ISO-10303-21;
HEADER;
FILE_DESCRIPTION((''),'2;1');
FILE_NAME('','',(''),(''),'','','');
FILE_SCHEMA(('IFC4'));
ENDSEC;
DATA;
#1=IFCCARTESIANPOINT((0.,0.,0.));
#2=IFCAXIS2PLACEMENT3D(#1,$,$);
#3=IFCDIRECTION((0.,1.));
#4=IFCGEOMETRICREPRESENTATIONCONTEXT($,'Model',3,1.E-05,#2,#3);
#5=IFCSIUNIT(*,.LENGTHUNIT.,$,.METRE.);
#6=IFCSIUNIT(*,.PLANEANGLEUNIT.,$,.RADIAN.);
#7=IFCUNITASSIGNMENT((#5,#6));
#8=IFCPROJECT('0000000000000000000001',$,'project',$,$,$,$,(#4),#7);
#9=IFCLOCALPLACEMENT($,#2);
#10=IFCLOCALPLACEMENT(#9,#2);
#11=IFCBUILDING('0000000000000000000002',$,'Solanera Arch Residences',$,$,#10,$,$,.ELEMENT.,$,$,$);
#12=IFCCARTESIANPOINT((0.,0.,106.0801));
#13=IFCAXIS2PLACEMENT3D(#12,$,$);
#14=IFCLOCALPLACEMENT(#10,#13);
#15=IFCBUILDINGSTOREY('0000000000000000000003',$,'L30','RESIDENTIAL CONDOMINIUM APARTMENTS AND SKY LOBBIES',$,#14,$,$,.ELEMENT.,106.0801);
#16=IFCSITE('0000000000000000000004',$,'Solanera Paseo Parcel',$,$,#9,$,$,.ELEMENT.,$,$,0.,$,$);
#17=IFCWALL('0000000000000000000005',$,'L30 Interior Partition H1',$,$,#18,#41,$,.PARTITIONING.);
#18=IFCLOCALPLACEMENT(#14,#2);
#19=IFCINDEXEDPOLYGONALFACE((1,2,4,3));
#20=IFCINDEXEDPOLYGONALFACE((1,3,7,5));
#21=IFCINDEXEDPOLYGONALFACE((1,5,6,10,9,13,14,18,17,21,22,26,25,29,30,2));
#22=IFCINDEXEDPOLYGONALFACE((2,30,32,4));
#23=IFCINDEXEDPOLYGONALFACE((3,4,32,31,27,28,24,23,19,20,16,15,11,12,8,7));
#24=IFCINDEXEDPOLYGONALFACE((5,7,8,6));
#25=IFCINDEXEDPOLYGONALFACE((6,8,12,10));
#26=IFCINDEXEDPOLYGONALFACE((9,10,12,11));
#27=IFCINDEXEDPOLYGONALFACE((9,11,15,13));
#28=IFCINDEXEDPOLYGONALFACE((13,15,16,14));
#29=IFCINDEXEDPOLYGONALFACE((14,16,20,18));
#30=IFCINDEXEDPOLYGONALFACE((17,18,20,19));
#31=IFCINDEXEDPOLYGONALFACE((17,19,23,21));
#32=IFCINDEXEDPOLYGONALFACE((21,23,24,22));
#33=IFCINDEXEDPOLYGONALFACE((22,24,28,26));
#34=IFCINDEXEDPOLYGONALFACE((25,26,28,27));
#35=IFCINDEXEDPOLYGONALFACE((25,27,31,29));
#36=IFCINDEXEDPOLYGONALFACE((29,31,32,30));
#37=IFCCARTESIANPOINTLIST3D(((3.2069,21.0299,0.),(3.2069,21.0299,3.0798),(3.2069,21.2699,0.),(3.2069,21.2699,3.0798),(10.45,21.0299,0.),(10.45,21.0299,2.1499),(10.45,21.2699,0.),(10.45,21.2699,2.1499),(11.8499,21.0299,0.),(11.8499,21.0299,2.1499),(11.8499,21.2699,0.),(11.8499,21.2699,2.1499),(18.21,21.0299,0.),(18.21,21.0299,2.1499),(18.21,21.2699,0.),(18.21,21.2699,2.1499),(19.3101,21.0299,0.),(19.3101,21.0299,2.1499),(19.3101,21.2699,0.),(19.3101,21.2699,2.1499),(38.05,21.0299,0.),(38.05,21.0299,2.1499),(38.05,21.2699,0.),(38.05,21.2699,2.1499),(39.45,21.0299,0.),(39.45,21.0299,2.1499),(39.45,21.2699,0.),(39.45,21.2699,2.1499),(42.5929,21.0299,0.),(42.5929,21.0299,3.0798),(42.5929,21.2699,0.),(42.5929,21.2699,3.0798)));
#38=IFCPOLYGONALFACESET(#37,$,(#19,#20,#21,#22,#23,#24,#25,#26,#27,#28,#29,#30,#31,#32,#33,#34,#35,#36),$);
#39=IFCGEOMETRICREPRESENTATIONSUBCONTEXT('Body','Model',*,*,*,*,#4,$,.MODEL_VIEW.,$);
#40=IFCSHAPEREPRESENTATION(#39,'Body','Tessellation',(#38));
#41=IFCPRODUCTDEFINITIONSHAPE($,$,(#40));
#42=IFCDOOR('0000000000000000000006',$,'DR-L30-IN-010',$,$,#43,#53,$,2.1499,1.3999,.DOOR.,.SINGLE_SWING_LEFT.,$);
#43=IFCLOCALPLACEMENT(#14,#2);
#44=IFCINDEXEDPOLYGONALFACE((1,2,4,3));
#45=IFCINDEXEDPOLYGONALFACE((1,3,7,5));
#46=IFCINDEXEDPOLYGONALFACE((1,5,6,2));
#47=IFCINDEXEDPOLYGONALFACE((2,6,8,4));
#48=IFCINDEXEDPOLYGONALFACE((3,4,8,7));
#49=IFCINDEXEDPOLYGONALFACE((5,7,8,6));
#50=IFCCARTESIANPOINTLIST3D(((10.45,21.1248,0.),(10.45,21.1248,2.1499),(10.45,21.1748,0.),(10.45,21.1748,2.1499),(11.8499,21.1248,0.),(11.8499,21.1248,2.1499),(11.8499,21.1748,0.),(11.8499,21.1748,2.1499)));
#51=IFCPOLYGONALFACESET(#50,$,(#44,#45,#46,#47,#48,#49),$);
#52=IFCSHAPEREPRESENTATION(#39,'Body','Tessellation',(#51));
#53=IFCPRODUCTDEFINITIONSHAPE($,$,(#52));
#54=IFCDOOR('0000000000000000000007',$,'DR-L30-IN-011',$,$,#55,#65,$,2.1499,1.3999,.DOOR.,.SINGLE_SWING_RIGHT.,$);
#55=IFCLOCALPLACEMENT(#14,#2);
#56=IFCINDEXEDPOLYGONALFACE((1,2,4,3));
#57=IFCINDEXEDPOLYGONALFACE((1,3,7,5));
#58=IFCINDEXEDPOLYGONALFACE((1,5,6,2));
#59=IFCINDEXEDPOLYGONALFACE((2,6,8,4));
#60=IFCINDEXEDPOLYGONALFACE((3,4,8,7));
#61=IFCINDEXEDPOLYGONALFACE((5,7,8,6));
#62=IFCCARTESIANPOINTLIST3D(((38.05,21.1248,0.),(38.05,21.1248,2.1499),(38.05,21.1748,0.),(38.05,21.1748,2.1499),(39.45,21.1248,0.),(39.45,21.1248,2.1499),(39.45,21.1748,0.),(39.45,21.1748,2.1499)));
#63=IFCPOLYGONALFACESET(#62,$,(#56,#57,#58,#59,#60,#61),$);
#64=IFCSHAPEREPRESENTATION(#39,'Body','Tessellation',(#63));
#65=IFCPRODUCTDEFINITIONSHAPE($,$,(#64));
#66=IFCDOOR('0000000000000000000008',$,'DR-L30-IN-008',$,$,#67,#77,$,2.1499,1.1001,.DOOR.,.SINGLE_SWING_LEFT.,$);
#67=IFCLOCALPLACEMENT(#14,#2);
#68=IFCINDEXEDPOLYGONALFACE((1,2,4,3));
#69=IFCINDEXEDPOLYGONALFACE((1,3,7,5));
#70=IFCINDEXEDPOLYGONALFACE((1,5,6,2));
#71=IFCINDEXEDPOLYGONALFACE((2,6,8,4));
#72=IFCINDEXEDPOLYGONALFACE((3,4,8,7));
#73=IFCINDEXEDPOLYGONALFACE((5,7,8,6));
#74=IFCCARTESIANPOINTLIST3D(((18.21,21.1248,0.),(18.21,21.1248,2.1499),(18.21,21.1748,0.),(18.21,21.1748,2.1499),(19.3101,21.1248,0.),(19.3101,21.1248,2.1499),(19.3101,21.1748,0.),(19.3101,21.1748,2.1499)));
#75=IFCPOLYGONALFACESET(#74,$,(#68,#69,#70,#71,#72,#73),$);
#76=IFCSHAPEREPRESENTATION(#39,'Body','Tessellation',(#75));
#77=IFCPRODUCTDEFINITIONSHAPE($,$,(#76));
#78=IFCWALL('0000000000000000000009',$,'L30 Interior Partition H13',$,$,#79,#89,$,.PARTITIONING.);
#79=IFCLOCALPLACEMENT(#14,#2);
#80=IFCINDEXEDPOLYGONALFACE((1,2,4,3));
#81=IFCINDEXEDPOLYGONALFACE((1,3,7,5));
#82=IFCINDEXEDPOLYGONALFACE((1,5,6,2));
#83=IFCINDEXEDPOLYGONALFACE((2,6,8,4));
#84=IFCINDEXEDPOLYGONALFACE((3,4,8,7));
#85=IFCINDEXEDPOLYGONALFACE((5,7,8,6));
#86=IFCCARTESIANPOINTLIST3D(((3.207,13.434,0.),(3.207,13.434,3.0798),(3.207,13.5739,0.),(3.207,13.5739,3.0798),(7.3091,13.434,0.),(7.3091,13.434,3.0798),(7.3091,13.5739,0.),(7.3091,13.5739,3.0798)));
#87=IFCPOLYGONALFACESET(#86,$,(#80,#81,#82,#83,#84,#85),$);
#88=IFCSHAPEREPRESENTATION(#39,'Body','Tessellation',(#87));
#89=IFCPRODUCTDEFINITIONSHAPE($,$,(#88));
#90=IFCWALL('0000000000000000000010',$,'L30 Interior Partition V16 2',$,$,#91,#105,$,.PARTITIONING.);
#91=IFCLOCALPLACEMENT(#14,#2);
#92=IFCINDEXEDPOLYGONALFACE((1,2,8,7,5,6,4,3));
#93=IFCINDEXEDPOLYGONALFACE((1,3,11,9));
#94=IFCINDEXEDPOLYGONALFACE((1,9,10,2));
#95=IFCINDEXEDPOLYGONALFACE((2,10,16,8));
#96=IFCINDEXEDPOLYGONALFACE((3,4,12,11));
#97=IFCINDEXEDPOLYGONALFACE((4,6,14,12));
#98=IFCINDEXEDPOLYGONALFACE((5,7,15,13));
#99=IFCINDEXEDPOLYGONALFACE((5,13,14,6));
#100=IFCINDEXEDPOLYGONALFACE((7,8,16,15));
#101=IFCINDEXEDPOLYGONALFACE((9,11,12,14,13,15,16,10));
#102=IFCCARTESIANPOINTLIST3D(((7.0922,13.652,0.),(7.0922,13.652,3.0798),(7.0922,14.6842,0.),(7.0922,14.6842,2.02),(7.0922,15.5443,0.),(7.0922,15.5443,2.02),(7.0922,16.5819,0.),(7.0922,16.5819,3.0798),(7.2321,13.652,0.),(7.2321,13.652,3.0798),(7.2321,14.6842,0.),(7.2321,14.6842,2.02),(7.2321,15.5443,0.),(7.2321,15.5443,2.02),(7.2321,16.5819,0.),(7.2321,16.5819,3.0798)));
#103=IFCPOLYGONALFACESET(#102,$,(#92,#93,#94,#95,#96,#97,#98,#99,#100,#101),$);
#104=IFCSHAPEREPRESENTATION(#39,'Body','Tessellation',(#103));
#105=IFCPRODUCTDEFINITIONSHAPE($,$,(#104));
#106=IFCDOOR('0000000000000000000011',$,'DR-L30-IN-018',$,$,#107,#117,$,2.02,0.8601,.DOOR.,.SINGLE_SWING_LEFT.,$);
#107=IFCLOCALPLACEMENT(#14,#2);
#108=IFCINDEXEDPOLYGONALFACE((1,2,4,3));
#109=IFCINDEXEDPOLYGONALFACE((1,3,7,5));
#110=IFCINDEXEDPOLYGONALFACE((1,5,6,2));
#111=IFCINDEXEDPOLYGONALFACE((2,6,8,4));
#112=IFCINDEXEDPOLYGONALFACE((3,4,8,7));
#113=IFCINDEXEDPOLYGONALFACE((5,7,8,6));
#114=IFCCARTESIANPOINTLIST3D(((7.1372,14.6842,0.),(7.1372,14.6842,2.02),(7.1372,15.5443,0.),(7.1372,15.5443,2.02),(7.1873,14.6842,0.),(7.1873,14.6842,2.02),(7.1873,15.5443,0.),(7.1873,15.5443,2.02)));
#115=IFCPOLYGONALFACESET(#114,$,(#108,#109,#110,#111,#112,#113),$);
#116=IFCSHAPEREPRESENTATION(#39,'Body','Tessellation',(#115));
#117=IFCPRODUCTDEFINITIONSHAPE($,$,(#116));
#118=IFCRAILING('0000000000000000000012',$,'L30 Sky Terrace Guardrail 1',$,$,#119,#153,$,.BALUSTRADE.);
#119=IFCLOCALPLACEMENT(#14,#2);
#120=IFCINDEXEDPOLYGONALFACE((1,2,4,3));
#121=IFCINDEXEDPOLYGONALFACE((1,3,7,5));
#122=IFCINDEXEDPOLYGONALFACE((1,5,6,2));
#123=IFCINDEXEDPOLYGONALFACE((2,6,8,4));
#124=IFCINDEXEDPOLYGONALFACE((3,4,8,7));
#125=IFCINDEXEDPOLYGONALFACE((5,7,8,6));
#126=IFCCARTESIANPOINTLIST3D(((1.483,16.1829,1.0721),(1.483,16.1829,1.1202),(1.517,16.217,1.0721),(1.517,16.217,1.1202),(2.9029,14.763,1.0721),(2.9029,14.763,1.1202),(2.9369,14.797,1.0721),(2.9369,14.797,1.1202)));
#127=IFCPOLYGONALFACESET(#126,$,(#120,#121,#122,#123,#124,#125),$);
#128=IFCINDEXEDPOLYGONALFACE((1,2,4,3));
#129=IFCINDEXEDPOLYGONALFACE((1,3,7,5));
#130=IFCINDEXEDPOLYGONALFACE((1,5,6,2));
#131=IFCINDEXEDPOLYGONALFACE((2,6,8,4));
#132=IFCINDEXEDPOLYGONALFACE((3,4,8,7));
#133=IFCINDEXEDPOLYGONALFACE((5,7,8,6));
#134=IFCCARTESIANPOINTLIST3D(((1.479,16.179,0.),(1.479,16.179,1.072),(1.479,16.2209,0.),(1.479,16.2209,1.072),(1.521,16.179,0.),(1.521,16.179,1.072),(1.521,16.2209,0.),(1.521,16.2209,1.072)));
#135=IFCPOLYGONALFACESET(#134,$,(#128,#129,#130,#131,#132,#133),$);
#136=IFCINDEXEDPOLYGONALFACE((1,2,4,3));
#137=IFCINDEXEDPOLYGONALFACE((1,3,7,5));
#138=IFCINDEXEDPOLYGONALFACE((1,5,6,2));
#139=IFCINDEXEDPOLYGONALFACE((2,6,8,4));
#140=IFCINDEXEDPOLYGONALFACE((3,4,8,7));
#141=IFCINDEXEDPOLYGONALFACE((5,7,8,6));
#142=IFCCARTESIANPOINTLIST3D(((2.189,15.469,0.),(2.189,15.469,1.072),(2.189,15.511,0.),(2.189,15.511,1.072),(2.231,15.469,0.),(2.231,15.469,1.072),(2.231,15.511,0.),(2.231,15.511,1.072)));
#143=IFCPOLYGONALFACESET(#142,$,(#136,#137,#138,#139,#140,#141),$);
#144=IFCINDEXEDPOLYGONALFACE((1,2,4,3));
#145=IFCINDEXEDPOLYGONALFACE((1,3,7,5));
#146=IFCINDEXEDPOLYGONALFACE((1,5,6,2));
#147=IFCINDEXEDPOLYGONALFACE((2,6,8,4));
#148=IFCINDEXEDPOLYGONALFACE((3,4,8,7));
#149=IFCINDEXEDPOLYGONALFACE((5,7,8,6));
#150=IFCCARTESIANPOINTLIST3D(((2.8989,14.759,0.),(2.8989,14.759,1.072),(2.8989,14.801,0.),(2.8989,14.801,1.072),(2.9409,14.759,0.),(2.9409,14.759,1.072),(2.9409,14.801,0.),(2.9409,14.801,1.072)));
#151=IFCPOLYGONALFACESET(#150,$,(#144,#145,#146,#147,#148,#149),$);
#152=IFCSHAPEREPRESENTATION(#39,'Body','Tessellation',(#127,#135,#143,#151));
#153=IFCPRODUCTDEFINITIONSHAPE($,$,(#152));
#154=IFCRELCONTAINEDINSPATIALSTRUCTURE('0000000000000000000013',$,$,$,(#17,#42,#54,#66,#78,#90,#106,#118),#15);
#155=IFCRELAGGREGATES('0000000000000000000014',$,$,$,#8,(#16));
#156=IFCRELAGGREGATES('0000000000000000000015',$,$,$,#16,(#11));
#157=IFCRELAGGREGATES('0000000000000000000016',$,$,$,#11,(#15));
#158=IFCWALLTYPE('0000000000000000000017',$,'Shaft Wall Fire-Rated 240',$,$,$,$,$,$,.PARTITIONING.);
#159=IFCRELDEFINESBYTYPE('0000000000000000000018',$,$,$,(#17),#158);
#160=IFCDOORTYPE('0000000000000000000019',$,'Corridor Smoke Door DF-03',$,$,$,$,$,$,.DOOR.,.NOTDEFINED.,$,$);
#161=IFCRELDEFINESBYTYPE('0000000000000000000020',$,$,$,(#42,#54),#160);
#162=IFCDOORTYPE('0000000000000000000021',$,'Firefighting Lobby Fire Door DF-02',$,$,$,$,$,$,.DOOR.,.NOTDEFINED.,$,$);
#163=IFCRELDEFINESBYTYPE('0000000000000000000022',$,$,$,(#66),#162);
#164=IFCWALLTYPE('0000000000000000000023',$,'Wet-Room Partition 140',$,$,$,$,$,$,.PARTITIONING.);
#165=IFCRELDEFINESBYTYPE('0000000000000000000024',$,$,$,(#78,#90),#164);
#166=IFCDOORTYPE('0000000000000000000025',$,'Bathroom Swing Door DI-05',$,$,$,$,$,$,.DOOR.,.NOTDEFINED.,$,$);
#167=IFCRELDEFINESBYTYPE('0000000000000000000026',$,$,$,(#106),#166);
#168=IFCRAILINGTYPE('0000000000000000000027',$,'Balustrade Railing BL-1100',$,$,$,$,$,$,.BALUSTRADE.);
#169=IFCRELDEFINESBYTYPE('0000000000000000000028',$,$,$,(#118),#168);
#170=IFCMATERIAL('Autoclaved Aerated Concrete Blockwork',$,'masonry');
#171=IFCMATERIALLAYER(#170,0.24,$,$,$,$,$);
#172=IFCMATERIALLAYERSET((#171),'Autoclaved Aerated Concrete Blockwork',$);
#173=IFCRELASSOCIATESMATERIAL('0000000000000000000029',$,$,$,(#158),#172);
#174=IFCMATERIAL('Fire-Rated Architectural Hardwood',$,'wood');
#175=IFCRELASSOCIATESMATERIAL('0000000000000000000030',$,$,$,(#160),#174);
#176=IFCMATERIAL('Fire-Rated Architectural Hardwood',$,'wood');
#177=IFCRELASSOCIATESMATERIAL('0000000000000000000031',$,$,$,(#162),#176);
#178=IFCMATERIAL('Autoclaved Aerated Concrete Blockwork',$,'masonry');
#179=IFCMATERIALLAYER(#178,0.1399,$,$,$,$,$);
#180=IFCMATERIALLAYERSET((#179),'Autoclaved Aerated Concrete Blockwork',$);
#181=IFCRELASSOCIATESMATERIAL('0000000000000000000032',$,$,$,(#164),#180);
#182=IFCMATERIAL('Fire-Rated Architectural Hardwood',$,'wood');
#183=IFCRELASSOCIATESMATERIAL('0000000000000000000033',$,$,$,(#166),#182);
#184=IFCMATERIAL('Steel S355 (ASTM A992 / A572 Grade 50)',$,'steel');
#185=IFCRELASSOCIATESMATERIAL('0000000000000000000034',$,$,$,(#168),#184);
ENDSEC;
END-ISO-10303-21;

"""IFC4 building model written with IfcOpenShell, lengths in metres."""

from ifc_helpers import new_model, si_unit, direction, frame, frame_2d, origin, origin_2d, place, context, subcontext, project, spatial, rectangle, extrude, material, layer, layer_set, type_object, element, fill, save


model = new_model("IFC4")

# Units and contexts
model_context = context("Model", 3, precision=1e-05, world=origin(), true_north=direction((0.0, 1.0)))
body_context = subcontext(model_context, "Body", "Model", "MODEL_VIEW")
ifc_project = project(units=[si_unit("LENGTHUNIT", "METRE"), si_unit("PLANEANGLEUNIT", "RADIAN")], contexts=[model_context])

# Site, building, storey
site_placement = place(None, origin())
site = spatial("IfcSite", under=ifc_project, at=site_placement, Name="Solanera Paseo Parcel", CompositionType="ELEMENT", RefElevation=0.0)
building_placement = place(site_placement, origin())
building = spatial("IfcBuilding", under=site, at=building_placement, Name="Solanera Arch Residences", CompositionType="ELEMENT")
storey_placement = place(building_placement, frame((0.0, 0.0, 106.0801)))
storey = spatial("IfcBuildingStorey", under=building, at=storey_placement, Name="L30", Description="RESIDENTIAL CONDOMINIUM APARTMENTS AND SKY LOBBIES", CompositionType="ELEMENT", Elevation=106.0801)

# Wall, openings, doors
ifc_material_1 = material(Name="Autoclaved Aerated Concrete Blockwork", Category="masonry")
ifc_layer_1 = layer(ifc_material_1, 0.24)
ifc_layer_set_1 = layer_set([ifc_layer_1], Name="Autoclaved Aerated Concrete Blockwork")
wall_type_1 = type_object("IfcWallType", Name="Shaft Wall Fire-Rated 240", PredefinedType="PARTITIONING", material=ifc_layer_set_1)
wall_1_placement = place(storey_placement, frame((3.207, 21.1499, 0.0), z_axis=(0.0, 0.0, 1.0), x_axis=(1.0, 0.0, 0.0)))
wall_1 = element("IfcWall", 1, at=wall_1_placement, inside=storey, type_object=wall_type_1, Name="L30 Interior Partition H1", PredefinedType="PARTITIONING", context=body_context, shape_type="SweptSolid", body=[
    extrude(rectangle(XDim=39.386, YDim=0.24, at=frame_2d((19.6929, 0.0))), origin(), (0.0, 0.0, 1.0), 3.0798),
])
opening_1_placement = place(wall_1_placement, frame((15.0029, 0.0, 0.0)))
opening_1 = element("IfcOpeningElement", 2, at=opening_1_placement, cuts=wall_1, PredefinedType="OPENING", context=body_context, shape_type="SweptSolid", body=[
    extrude(rectangle(XDim=1.1001, YDim=2.1499, at=frame_2d((0.55, 1.075))), frame((0.0, 0.1299, 0.0), z_axis=(0.0, -1.0, 0.0), x_axis=(1.0, 0.0, 0.0)), (0.0, 0.0, 1.0), 0.26),
])
opening_2_placement = place(wall_1_placement, frame((7.2429, 0.0, 0.0)))
opening_2 = element("IfcOpeningElement", 3, at=opening_2_placement, cuts=wall_1, PredefinedType="OPENING", context=body_context, shape_type="SweptSolid", body=[
    extrude(rectangle(XDim=1.3999, YDim=2.1499, at=frame_2d((0.7, 1.075))), frame((0.0, 0.1299, 0.0), z_axis=(0.0, -1.0, 0.0), x_axis=(1.0, 0.0, 0.0)), (0.0, 0.0, 1.0), 0.26),
])
opening_3_placement = place(wall_1_placement, frame((34.843, 0.0, 0.0)))
opening_3 = element("IfcOpeningElement", 4, at=opening_3_placement, cuts=wall_1, PredefinedType="OPENING", context=body_context, shape_type="SweptSolid", body=[
    extrude(rectangle(XDim=1.3999, YDim=2.1499, at=frame_2d((0.7, 1.075))), frame((0.0, 0.1299, 0.0), z_axis=(0.0, -1.0, 0.0), x_axis=(1.0, 0.0, 0.0)), (0.0, 0.0, 1.0), 0.26),
])
ifc_material_2 = material(Name="Fire-Rated Architectural Hardwood", Category="wood")
door_type_1 = type_object("IfcDoorType", Name="Corridor Smoke Door DF-03", OperationType="NOTDEFINED", PredefinedType="DOOR", material=ifc_material_2)
door_1_placement = place(opening_2_placement, origin())
door_1 = element("IfcDoor", 5, at=door_1_placement, inside=storey, type_object=door_type_1, Name="DR-L30-IN-010", OperationType="SINGLE_SWING_LEFT", OverallHeight=2.1499, OverallWidth=1.3999, PredefinedType="DOOR", context=body_context, shape_type="SweptSolid", body=[
    extrude(rectangle(XDim=1.3999, YDim=2.1499, at=frame_2d((0.7, 1.075))), frame((0.0, 0.0249, 0.0), z_axis=(0.0, -1.0, 0.0), x_axis=(1.0, 0.0, 0.0)), (0.0, 0.0, 1.0), 0.05),
])
fill(opening_2, door_1)
door_2_placement = place(opening_3_placement, origin())
door_2 = element("IfcDoor", 6, at=door_2_placement, inside=storey, type_object=door_type_1, Name="DR-L30-IN-011", OperationType="SINGLE_SWING_RIGHT", OverallHeight=2.1499, OverallWidth=1.3999, PredefinedType="DOOR", context=body_context, shape_type="SweptSolid", body=[
    extrude(rectangle(XDim=1.3999, YDim=2.1499, at=frame_2d((0.7, 1.075))), frame((0.0, 0.0249, 0.0), z_axis=(0.0, -1.0, 0.0), x_axis=(1.0, 0.0, 0.0)), (0.0, 0.0, 1.0), 0.05),
])
fill(opening_3, door_2)
ifc_material_3 = material(Name="Fire-Rated Architectural Hardwood", Category="wood")
door_type_2 = type_object("IfcDoorType", Name="Firefighting Lobby Fire Door DF-02", OperationType="NOTDEFINED", PredefinedType="DOOR", material=ifc_material_3)
door_3_placement = place(opening_1_placement, origin())
door_3 = element("IfcDoor", 7, at=door_3_placement, inside=storey, type_object=door_type_2, Name="DR-L30-IN-008", OperationType="SINGLE_SWING_LEFT", OverallHeight=2.1499, OverallWidth=1.1001, PredefinedType="DOOR", context=body_context, shape_type="SweptSolid", body=[
    extrude(rectangle(XDim=1.1001, YDim=2.1499, at=frame_2d((0.55, 1.075))), frame((0.0, 0.0249, 0.0), z_axis=(0.0, -1.0, 0.0), x_axis=(1.0, 0.0, 0.0)), (0.0, 0.0, 1.0), 0.05),
])
fill(opening_1, door_3)

# Wall
ifc_material_4 = material(Name="Autoclaved Aerated Concrete Blockwork", Category="masonry")
ifc_layer_2 = layer(ifc_material_4, 0.1399)
ifc_layer_set_2 = layer_set([ifc_layer_2], Name="Autoclaved Aerated Concrete Blockwork")
wall_type_2 = type_object("IfcWallType", Name="Wet-Room Partition 140", PredefinedType="PARTITIONING", material=ifc_layer_set_2)
wall_2_placement = place(storey_placement, frame((3.207, 13.5039, 0.0), z_axis=(0.0, 0.0, 1.0), x_axis=(1.0, 0.0, 0.0)))
element("IfcWall", 8, at=wall_2_placement, inside=storey, type_object=wall_type_2, Name="L30 Interior Partition H13", PredefinedType="PARTITIONING", context=body_context, shape_type="SweptSolid", body=[
    extrude(rectangle(XDim=4.1021, YDim=0.1399, at=frame_2d((2.051, 0.0))), origin(), (0.0, 0.0, 1.0), 3.0798),
])

# Wall, opening, door
wall_3_placement = place(storey_placement, frame((7.1621, 13.6521, 0.0), z_axis=(0.0, 0.0, 1.0), x_axis=(0.0, 1.0, 0.0)))
wall_3 = element("IfcWall", 9, at=wall_3_placement, inside=storey, type_object=wall_type_2, Name="L30 Interior Partition V16 2", PredefinedType="PARTITIONING", context=body_context, shape_type="SweptSolid", body=[
    extrude(rectangle(XDim=2.9299, YDim=0.1399, at=frame_2d((1.4648, 0.0))), origin(), (0.0, 0.0, 1.0), 3.0798),
])
opening_4_placement = place(wall_3_placement, frame((1.032, 0.0, 0.0)))
opening_4 = element("IfcOpeningElement", 10, at=opening_4_placement, cuts=wall_3, PredefinedType="OPENING", context=body_context, shape_type="SweptSolid", body=[
    extrude(rectangle(XDim=0.8601, YDim=2.02, at=frame_2d((0.4302, 1.01))), frame((0.0, 0.0798, 0.0), z_axis=(0.0, -1.0, 0.0), x_axis=(1.0, 0.0, 0.0)), (0.0, 0.0, 1.0), 0.1599),
])
ifc_material_5 = material(Name="Fire-Rated Architectural Hardwood", Category="wood")
door_type_3 = type_object("IfcDoorType", Name="Bathroom Swing Door DI-05", OperationType="NOTDEFINED", PredefinedType="DOOR", material=ifc_material_5)
door_4_placement = place(opening_4_placement, origin())
door_4 = element("IfcDoor", 11, at=door_4_placement, inside=storey, type_object=door_type_3, Name="DR-L30-IN-018", OperationType="SINGLE_SWING_LEFT", OverallHeight=2.02, OverallWidth=0.8601, PredefinedType="DOOR", context=body_context, shape_type="SweptSolid", body=[
    extrude(rectangle(XDim=0.8601, YDim=2.02, at=frame_2d((0.4302, 1.01))), frame((0.0, 0.0249, 0.0), z_axis=(0.0, -1.0, 0.0), x_axis=(1.0, 0.0, 0.0)), (0.0, 0.0, 1.0), 0.05),
])
fill(opening_4, door_4)

# Railing
ifc_material_6 = material(Name="Steel S355 (ASTM A992 / A572 Grade 50)", Category="steel")
railing_type = type_object("IfcRailingType", Name="Balustrade Railing BL-1100", PredefinedType="BALUSTRADE", material=ifc_material_6)
railing_placement = place(storey_placement, frame((1.5, 16.2, 0.0)))
element("IfcRailing", 12, at=railing_placement, inside=storey, type_object=railing_type, Name="L30 Sky Terrace Guardrail 1", PredefinedType="BALUSTRADE", context=body_context, shape_type="SweptSolid", body=[
    extrude(rectangle(XDim=0.0481, YDim=0.0481, at=origin_2d()), frame((0.0, 0.0, 1.0962), z_axis=(0.707107, -0.707107, 0.0), x_axis=(0.707107, 0.707107, 0.0)), (0.0, 0.0, 1.0), 2.0081),
    extrude(rectangle(XDim=0.042, YDim=0.042, at=origin_2d()), origin(), (0.0, 0.0, 1.0), 1.072),
    extrude(rectangle(XDim=0.042, YDim=0.042, at=origin_2d()), frame((0.71, -0.71, 0.0)), (0.0, 0.0, 1.0), 1.072),
    extrude(rectangle(XDim=0.042, YDim=0.042, at=origin_2d()), frame((1.4199, -1.4199, 0.0)), (0.0, 0.0, 1.0), 1.072),
])

save(model, "model.ifc")
